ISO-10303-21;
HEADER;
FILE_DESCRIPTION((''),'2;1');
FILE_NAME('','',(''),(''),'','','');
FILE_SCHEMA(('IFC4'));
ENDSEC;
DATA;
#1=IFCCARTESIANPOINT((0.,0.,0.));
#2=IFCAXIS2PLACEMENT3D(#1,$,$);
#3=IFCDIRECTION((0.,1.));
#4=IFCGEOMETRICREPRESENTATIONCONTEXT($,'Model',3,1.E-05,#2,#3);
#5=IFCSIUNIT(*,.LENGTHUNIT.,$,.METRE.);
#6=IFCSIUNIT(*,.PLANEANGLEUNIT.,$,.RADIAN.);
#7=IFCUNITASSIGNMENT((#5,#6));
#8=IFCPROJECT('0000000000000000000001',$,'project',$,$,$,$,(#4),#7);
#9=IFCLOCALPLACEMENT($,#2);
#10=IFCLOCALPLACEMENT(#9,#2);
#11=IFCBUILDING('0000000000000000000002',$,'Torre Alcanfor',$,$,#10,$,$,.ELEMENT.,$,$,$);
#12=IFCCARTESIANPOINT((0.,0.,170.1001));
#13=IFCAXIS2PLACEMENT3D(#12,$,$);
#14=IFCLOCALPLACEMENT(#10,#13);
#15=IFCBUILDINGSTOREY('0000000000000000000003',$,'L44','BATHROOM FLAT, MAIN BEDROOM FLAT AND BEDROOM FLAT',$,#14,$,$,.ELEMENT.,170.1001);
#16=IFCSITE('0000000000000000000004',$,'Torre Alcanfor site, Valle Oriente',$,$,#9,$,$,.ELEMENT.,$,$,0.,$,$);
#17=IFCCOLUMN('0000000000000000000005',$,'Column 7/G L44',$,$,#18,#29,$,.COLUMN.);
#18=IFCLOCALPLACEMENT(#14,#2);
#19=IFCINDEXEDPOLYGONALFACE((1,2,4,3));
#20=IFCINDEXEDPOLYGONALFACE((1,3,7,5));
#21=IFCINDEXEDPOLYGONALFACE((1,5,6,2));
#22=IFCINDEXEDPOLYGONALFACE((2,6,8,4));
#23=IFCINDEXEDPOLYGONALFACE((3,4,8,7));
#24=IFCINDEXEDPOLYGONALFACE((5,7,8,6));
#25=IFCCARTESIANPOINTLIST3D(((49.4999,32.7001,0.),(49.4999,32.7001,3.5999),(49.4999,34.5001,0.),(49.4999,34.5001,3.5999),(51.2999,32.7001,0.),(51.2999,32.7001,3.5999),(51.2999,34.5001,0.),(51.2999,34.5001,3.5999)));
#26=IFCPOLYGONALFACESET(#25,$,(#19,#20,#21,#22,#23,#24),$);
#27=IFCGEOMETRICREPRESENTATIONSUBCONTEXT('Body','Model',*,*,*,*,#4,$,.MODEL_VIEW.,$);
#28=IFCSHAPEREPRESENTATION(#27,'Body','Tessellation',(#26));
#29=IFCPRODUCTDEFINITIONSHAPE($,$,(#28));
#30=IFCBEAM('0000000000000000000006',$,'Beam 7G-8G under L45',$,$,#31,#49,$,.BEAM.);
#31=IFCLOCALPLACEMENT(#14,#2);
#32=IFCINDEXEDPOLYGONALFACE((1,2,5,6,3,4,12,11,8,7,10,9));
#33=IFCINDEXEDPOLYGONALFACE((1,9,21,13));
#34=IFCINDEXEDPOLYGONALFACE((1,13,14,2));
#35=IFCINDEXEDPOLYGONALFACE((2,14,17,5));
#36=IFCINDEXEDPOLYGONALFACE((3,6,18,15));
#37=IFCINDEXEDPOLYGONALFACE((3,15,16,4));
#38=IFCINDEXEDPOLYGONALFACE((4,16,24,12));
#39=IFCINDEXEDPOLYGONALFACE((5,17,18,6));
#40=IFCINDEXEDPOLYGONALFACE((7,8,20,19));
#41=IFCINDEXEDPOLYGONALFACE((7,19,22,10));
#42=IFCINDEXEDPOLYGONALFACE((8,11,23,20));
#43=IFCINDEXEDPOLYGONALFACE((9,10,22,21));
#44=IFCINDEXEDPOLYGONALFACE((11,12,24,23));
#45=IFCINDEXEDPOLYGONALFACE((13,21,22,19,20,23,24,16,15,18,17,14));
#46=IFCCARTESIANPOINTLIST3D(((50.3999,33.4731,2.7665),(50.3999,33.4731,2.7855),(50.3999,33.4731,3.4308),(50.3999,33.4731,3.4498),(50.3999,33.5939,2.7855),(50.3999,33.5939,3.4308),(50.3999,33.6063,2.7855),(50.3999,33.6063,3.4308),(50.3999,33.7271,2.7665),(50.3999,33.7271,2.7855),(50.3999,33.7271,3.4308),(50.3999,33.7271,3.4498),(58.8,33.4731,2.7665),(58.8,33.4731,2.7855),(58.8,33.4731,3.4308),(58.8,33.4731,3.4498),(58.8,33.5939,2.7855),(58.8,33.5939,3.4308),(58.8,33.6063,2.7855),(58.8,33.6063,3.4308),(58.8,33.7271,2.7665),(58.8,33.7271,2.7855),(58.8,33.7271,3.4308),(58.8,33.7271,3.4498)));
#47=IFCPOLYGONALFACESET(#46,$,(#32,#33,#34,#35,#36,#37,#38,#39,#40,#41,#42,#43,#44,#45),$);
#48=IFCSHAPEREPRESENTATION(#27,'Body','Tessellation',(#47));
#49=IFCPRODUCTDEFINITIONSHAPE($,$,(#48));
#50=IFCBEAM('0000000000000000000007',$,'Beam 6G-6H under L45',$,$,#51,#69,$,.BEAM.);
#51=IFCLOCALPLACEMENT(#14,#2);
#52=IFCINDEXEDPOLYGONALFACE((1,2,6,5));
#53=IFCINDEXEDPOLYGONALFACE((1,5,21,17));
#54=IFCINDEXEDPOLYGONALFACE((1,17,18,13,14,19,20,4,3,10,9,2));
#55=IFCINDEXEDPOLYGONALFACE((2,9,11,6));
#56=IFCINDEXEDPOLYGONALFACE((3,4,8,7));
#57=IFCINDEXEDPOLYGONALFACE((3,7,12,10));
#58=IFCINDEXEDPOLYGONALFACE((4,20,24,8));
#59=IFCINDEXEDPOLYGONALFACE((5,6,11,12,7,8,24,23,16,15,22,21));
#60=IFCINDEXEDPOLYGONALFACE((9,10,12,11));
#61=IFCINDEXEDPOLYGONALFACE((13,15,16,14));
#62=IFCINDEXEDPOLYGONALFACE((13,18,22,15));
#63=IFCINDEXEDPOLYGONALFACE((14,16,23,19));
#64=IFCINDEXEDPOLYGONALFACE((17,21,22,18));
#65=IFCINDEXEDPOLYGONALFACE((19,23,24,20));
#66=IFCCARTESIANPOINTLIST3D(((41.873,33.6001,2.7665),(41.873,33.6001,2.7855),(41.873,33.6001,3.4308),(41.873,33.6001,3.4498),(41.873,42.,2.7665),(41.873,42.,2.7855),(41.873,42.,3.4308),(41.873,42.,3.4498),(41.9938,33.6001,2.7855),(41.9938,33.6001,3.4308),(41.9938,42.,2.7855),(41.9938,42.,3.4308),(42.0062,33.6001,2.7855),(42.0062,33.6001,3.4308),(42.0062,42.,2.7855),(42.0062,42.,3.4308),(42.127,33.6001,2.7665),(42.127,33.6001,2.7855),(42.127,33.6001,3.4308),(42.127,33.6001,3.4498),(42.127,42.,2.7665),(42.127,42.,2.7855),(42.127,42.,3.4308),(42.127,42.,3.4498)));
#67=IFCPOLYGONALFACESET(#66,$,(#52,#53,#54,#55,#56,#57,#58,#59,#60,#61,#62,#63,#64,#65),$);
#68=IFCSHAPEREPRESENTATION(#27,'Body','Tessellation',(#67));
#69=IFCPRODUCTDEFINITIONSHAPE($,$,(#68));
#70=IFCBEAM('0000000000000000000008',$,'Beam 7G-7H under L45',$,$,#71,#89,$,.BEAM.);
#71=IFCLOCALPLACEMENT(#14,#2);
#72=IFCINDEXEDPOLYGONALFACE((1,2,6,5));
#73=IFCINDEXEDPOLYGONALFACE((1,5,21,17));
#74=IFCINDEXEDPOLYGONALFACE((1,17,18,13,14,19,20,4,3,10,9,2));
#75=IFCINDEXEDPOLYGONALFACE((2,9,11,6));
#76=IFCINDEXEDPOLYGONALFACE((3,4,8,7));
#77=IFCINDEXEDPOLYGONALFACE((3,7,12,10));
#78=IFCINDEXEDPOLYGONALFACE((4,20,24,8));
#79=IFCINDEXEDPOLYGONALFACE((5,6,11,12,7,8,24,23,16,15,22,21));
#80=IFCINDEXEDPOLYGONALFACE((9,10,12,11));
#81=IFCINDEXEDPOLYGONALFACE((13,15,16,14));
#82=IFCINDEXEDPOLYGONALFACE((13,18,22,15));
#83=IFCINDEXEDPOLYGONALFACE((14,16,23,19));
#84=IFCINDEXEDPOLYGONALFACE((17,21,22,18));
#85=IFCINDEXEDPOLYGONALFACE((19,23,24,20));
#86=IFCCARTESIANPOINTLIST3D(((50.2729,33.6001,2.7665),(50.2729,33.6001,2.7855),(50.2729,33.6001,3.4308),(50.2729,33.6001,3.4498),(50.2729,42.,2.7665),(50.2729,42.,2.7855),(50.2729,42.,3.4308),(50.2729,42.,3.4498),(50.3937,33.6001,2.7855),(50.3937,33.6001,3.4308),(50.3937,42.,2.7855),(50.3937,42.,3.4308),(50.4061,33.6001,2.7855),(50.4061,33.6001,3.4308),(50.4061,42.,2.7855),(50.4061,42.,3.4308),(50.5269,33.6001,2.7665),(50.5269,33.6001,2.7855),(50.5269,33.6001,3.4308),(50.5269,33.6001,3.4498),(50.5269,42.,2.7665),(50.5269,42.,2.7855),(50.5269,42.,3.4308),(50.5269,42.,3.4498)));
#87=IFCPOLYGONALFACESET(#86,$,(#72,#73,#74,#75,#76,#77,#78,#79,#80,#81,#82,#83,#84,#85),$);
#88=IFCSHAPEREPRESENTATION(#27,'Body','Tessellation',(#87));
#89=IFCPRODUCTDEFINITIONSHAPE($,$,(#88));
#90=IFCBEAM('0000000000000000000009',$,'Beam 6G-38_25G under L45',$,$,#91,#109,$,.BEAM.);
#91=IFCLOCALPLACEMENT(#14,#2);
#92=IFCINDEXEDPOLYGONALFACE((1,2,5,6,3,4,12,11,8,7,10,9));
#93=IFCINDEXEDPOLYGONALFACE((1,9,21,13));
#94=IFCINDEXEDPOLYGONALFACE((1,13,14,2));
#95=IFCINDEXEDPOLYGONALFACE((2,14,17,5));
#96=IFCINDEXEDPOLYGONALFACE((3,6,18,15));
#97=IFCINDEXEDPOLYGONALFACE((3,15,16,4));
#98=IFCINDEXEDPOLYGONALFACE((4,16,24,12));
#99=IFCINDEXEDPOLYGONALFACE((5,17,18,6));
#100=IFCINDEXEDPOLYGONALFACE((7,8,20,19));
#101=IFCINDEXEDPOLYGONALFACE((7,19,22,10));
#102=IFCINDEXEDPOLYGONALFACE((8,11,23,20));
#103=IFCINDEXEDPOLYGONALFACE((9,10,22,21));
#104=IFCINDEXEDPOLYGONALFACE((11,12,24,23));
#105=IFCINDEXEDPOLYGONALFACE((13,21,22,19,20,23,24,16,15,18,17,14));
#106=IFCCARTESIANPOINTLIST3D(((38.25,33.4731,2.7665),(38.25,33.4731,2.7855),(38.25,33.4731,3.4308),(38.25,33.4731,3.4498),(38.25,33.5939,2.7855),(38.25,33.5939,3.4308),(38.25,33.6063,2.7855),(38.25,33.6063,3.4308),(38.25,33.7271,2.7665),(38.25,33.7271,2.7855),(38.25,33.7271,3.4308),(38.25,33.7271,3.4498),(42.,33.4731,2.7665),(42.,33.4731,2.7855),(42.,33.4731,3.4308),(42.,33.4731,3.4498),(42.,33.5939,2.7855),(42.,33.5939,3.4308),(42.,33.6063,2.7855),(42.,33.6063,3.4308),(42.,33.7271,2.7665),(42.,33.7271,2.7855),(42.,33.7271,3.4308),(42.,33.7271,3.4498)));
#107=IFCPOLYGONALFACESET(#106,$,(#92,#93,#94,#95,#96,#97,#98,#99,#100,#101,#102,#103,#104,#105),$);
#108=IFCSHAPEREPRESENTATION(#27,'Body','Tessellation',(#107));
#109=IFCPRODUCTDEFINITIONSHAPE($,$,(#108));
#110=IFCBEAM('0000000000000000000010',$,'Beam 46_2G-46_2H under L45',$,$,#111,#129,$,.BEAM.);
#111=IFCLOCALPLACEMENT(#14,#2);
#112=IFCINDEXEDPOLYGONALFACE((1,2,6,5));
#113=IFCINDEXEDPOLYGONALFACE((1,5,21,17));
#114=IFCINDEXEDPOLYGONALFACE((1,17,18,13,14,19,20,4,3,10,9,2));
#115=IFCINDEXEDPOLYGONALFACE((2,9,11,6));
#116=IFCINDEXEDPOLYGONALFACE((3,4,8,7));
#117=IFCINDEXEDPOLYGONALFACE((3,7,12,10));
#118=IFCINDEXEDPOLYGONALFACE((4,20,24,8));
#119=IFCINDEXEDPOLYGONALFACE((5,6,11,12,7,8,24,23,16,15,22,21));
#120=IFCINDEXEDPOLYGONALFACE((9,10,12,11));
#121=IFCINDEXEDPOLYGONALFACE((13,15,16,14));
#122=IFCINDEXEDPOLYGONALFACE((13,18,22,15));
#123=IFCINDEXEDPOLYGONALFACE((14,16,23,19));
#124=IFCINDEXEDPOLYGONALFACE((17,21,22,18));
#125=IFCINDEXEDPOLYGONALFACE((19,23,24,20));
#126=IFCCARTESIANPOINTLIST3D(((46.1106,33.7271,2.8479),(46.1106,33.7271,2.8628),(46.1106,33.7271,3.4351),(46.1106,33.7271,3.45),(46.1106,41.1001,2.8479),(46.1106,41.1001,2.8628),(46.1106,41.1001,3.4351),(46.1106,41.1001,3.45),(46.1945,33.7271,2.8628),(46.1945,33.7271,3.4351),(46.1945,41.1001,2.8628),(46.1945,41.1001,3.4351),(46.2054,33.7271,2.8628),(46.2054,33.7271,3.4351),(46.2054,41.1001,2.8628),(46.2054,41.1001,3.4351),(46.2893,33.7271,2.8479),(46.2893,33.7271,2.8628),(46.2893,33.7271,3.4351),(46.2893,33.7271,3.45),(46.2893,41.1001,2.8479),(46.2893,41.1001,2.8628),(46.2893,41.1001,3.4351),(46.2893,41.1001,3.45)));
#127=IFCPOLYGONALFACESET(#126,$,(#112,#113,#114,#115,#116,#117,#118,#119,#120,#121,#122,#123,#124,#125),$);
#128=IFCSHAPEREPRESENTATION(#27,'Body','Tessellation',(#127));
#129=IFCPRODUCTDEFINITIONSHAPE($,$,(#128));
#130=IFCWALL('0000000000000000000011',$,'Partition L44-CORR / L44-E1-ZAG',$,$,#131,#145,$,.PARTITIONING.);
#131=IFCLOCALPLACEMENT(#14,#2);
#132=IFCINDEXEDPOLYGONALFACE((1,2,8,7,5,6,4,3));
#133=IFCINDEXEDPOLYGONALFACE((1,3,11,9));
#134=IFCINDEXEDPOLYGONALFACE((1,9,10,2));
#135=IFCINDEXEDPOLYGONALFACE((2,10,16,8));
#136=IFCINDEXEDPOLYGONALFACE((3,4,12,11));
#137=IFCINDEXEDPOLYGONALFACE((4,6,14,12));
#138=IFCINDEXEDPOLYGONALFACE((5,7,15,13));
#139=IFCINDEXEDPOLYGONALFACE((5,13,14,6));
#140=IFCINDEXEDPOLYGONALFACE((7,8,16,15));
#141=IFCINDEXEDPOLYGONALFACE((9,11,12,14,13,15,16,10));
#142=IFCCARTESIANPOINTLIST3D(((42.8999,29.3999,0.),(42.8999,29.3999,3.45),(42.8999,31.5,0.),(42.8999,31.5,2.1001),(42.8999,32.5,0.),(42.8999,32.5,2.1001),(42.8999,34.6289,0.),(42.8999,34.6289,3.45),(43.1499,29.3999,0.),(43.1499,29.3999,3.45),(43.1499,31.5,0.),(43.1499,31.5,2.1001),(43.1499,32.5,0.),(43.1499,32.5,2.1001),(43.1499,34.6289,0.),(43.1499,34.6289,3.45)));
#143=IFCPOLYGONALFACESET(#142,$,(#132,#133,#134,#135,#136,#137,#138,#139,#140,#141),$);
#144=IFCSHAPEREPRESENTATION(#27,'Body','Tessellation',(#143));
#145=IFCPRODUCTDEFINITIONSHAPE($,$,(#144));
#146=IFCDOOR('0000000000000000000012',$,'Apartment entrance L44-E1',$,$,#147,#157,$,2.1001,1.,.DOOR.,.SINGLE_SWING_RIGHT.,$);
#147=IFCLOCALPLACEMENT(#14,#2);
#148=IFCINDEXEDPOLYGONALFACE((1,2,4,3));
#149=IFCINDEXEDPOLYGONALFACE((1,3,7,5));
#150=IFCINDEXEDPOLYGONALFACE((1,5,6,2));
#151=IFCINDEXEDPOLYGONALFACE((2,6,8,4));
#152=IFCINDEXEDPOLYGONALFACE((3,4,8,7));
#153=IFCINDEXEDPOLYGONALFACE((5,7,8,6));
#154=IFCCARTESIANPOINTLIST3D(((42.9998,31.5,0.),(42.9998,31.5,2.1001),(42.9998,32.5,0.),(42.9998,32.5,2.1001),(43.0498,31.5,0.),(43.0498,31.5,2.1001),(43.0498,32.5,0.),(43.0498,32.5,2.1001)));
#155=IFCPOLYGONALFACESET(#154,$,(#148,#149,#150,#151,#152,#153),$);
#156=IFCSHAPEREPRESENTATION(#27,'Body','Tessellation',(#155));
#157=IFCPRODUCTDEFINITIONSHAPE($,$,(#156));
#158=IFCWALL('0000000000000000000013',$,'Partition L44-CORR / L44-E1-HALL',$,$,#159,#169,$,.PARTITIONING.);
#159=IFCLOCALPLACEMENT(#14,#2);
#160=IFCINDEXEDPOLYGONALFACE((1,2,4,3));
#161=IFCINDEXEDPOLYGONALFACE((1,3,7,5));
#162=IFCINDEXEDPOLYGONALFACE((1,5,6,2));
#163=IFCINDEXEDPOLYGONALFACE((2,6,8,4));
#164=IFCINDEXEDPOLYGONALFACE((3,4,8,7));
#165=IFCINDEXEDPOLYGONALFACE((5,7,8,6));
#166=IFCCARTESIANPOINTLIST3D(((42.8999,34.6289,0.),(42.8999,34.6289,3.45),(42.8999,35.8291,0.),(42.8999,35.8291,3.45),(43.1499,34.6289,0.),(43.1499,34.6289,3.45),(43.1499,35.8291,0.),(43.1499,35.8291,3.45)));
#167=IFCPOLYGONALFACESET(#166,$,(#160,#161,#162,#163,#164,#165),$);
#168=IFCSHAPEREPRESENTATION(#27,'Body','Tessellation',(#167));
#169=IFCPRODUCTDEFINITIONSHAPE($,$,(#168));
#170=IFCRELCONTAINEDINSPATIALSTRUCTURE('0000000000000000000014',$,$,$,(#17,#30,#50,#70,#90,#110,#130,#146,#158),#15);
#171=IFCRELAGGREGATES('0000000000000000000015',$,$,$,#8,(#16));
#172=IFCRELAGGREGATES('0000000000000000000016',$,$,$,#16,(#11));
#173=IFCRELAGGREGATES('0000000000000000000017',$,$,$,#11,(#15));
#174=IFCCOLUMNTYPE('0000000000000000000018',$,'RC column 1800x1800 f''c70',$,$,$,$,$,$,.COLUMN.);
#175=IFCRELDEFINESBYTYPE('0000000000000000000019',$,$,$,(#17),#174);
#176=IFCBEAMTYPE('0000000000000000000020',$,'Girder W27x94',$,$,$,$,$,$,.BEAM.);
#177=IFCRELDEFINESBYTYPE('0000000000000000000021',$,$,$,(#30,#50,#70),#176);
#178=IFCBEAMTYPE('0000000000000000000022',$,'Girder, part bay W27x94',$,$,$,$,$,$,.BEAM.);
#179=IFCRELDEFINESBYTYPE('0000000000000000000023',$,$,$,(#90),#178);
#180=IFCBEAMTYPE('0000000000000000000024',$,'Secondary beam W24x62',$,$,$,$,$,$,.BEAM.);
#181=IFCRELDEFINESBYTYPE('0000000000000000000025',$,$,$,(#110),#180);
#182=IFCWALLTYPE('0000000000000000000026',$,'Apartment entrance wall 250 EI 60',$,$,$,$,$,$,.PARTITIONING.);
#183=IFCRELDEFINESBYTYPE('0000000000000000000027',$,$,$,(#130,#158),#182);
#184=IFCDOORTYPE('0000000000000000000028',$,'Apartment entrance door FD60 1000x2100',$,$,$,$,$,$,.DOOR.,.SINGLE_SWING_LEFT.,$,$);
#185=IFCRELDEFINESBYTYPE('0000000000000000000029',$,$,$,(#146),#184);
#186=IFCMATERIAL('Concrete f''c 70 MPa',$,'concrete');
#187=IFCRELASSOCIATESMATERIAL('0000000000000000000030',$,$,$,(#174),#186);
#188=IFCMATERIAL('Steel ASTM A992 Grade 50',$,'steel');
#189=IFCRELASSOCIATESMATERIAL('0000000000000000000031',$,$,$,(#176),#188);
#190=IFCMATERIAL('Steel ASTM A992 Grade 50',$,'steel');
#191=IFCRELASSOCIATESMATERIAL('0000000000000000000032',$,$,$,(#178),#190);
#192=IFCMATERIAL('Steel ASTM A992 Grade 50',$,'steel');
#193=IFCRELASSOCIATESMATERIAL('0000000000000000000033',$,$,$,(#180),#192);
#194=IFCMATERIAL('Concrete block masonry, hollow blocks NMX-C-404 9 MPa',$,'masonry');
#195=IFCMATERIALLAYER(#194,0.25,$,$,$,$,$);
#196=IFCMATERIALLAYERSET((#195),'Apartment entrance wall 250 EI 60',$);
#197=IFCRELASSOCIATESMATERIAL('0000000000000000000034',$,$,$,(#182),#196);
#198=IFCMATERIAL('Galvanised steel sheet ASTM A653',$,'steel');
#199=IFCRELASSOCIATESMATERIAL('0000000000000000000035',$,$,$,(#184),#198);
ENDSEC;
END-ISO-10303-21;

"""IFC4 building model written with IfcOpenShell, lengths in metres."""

from ifc_helpers import new_model, si_unit, direction, frame, frame_2d, origin, origin_2d, place, context, subcontext, project, spatial, rectangle, i_section, extrude, material, layer, layer_set, material_profile, profile_set, type_object, element, fill, save


model = new_model("IFC4")

# Units and contexts
model_context = context("Model", 3, precision=1e-05, world=origin(), true_north=direction((0.0, 1.0)))
body_context = subcontext(model_context, "Body", "Model", "MODEL_VIEW")
ifc_project = project(units=[si_unit("LENGTHUNIT", "METRE"), si_unit("PLANEANGLEUNIT", "RADIAN")], contexts=[model_context])

# Site, building, storey
site_placement = place(None, origin())
site = spatial("IfcSite", under=ifc_project, at=site_placement, Name="Torre Alcanfor site, Valle Oriente", CompositionType="ELEMENT", RefElevation=0.0)
building_placement = place(site_placement, origin())
building = spatial("IfcBuilding", under=site, at=building_placement, Name="Torre Alcanfor", CompositionType="ELEMENT")
storey_placement = place(building_placement, frame((0.0, 0.0, 170.1001)))
storey = spatial("IfcBuildingStorey", under=building, at=storey_placement, Name="L44", Description="BATHROOM FLAT, MAIN BEDROOM FLAT AND BEDROOM FLAT", CompositionType="ELEMENT", Elevation=170.1001)

# Column
ifc_material_1 = material(Name="Concrete f'c 70 MPa", Category="concrete")
ifc_material_profile_1 = material_profile(ifc_material_1, rectangle(XDim=1.8, YDim=1.8, at=origin_2d()), Name="1800x1800")
ifc_profile_set_1 = profile_set([ifc_material_profile_1], Name="Concrete f'c 70 MPa")
column_type = type_object("IfcColumnType", Name="RC column 1800x1800 f'c70", PredefinedType="COLUMN", material=ifc_profile_set_1)
column_placement = place(storey_placement, frame((50.3999, 33.6001, 0.0), z_axis=(0.0, 0.0, 1.0), x_axis=(1.0, 0.0, 0.0)))
element("IfcColumn", 1, at=column_placement, inside=storey, type_object=column_type, Name="Column 7/G L44", PredefinedType="COLUMN", context=body_context, shape_type="SweptSolid", body=[
    extrude(rectangle(XDim=1.8, YDim=1.8, at=origin_2d()), origin(), (0.0, 0.0, 1.0), 3.5999),
])

# Beams
ifc_material_2 = material(Name="Steel ASTM A992 Grade 50", Category="steel")
ifc_material_profile_2 = material_profile(ifc_material_2, i_section(OverallWidth=0.2539, OverallDepth=0.6833, WebThickness=0.0125, FlangeThickness=0.019, at=origin_2d()), Name="W27x94")
ifc_profile_set_2 = profile_set([ifc_material_profile_2], Name="Steel ASTM A992 Grade 50")
beam_type_1 = type_object("IfcBeamType", Name="Girder W27x94", PredefinedType="BEAM", material=ifc_profile_set_2)
beam_1_placement = place(storey_placement, frame((50.3999, 33.6001, 3.1082), z_axis=(1.0, 0.0, 0.0), x_axis=(0.0, 1.0, 0.0)))
element("IfcBeam", 2, at=beam_1_placement, inside=storey, type_object=beam_type_1, Name="Beam 7G-8G under L45", PredefinedType="BEAM", context=body_context, shape_type="SweptSolid", body=[
    extrude(i_section(OverallWidth=0.2539, OverallDepth=0.6833, WebThickness=0.0125, FlangeThickness=0.019, at=origin_2d()), origin(), (0.0, 0.0, 1.0), 8.4001),
])
for number, where, z_axis, x_axis, name in (
    (3, (42.0, 33.6001, 3.1082), (0.0, 1.0, 0.0), (-1.0, 0.0, 0.0), "Beam 6G-6H under L45"),
    (4, (50.3999, 33.6001, 3.1082), (0.0, 1.0, 0.0), (-1.0, 0.0, 0.0), "Beam 7G-7H under L45"),
):
    element("IfcBeam", number, at=place(storey_placement, frame(where, z_axis=z_axis, x_axis=x_axis)), inside=storey, type_object=beam_type_1, Name=name, PredefinedType="BEAM", context=body_context, shape_type="SweptSolid", body=[
        extrude(i_section(OverallWidth=0.2539, OverallDepth=0.6833, WebThickness=0.0125, FlangeThickness=0.019, at=origin_2d()), origin(), (0.0, 0.0, 1.0), 8.3999),
    ])
ifc_material_3 = material(Name="Steel ASTM A992 Grade 50", Category="steel")
ifc_material_profile_3 = material_profile(ifc_material_3, i_section(OverallWidth=0.2539, OverallDepth=0.6833, WebThickness=0.0125, FlangeThickness=0.019, at=origin_2d()), Name="W27x94")
ifc_profile_set_3 = profile_set([ifc_material_profile_3], Name="Steel ASTM A992 Grade 50")
beam_type_2 = type_object("IfcBeamType", Name="Girder, part bay W27x94", PredefinedType="BEAM", material=ifc_profile_set_3)
beam_2_placement = place(storey_placement, frame((42.0, 33.6001, 3.1082), z_axis=(-1.0, 0.0, 0.0), x_axis=(0.0, -1.0, 0.0)))
element("IfcBeam", 5, at=beam_2_placement, inside=storey, type_object=beam_type_2, Name="Beam 6G-38_25G under L45", PredefinedType="BEAM", context=body_context, shape_type="SweptSolid", body=[
    extrude(i_section(OverallWidth=0.2539, OverallDepth=0.6833, WebThickness=0.0125, FlangeThickness=0.019, at=origin_2d()), origin(), (0.0, 0.0, 1.0), 3.75),
])
ifc_material_4 = material(Name="Steel ASTM A992 Grade 50", Category="steel")
ifc_material_profile_4 = material_profile(ifc_material_4, i_section(OverallWidth=0.1787, OverallDepth=0.6021, WebThickness=0.011, FlangeThickness=0.0149, at=origin_2d()), Name="W24x62")
ifc_profile_set_4 = profile_set([ifc_material_profile_4], Name="Steel ASTM A992 Grade 50")
beam_type_3 = type_object("IfcBeamType", Name="Secondary beam W24x62", PredefinedType="BEAM", material=ifc_profile_set_4)
beam_3_placement = place(storey_placement, frame((46.2, 33.7271, 3.1489), z_axis=(0.0, 1.0, 0.0), x_axis=(-1.0, 0.0, 0.0)))
element("IfcBeam", 6, at=beam_3_placement, inside=storey, type_object=beam_type_3, Name="Beam 46_2G-46_2H under L45", PredefinedType="BEAM", context=body_context, shape_type="SweptSolid", body=[
    extrude(i_section(OverallWidth=0.1787, OverallDepth=0.6021, WebThickness=0.011, FlangeThickness=0.0149, at=origin_2d()), origin(), (0.0, 0.0, 1.0), 7.373),
])

# Wall, opening, door
ifc_material_5 = material(Name="Concrete block masonry, hollow blocks NMX-C-404 9 MPa", Category="masonry")
ifc_layer_1 = layer(ifc_material_5, 0.25)
ifc_layer_set_1 = layer_set([ifc_layer_1], Name="Apartment entrance wall 250 EI 60")
wall_type_1 = type_object("IfcWallType", Name="Apartment entrance wall 250 EI 60", PredefinedType="PARTITIONING", material=ifc_layer_set_1)
wall_1_placement = place(storey_placement, frame((43.0249, 34.6289, 0.0), z_axis=(0.0, 0.0, 1.0), x_axis=(0.0, -1.0, 0.0)))
wall_1 = element("IfcWall", 7, at=wall_1_placement, inside=storey, type_object=wall_type_1, Name="Partition L44-CORR / L44-E1-ZAG", PredefinedType="PARTITIONING", context=body_context, shape_type="SweptSolid", body=[
    extrude(rectangle(XDim=5.229, YDim=0.25, at=frame_2d((2.6145, 0.0))), origin(), (0.0, 0.0, 1.0), 3.45),
])
opening_1_placement = place(wall_1_placement, frame((2.1289, 0.0, 0.0)))
opening_1 = element("IfcOpeningElement", 8, at=opening_1_placement, cuts=wall_1, PredefinedType="OPENING", context=body_context, shape_type="SweptSolid", body=[
    extrude(rectangle(XDim=1.0, YDim=2.1001, at=frame_2d((0.5, 1.05))), frame((0.0, 0.135, 0.0), z_axis=(0.0, -1.0, 0.0), x_axis=(1.0, 0.0, 0.0)), (0.0, 0.0, 1.0), 0.27),
])
ifc_material_6 = material(Name="Galvanised steel sheet ASTM A653", Category="steel")
door_type_1 = type_object("IfcDoorType", Name="Apartment entrance door FD60 1000x2100", OperationType="SINGLE_SWING_LEFT", PredefinedType="DOOR", material=ifc_material_6)
door_1_placement = place(opening_1_placement, origin())
door_1 = element("IfcDoor", 9, at=door_1_placement, inside=storey, type_object=door_type_1, Name="Apartment entrance L44-E1", OperationType="SINGLE_SWING_RIGHT", OverallHeight=2.1001, OverallWidth=1.0, PredefinedType="DOOR", context=body_context, shape_type="SweptSolid", body=[
    extrude(rectangle(XDim=1.0, YDim=2.1001, at=frame_2d((0.5, 1.05))), frame((0.0, 0.0249, 0.0), z_axis=(0.0, -1.0, 0.0), x_axis=(1.0, 0.0, 0.0)), (0.0, 0.0, 1.0), 0.05),
])
fill(opening_1, door_1)

# Wall
wall_2_placement = place(storey_placement, frame((43.0249, 35.8291, 0.0), z_axis=(0.0, 0.0, 1.0), x_axis=(0.0, -1.0, 0.0)))
element("IfcWall", 10, at=wall_2_placement, inside=storey, type_object=wall_type_1, Name="Partition L44-CORR / L44-E1-HALL", PredefinedType="PARTITIONING", context=body_context, shape_type="SweptSolid", body=[
    extrude(rectangle(XDim=1.2002, YDim=0.25, at=frame_2d((0.6001, 0.0))), origin(), (0.0, 0.0, 1.0), 3.45),
])

save(model, "model.ifc")
